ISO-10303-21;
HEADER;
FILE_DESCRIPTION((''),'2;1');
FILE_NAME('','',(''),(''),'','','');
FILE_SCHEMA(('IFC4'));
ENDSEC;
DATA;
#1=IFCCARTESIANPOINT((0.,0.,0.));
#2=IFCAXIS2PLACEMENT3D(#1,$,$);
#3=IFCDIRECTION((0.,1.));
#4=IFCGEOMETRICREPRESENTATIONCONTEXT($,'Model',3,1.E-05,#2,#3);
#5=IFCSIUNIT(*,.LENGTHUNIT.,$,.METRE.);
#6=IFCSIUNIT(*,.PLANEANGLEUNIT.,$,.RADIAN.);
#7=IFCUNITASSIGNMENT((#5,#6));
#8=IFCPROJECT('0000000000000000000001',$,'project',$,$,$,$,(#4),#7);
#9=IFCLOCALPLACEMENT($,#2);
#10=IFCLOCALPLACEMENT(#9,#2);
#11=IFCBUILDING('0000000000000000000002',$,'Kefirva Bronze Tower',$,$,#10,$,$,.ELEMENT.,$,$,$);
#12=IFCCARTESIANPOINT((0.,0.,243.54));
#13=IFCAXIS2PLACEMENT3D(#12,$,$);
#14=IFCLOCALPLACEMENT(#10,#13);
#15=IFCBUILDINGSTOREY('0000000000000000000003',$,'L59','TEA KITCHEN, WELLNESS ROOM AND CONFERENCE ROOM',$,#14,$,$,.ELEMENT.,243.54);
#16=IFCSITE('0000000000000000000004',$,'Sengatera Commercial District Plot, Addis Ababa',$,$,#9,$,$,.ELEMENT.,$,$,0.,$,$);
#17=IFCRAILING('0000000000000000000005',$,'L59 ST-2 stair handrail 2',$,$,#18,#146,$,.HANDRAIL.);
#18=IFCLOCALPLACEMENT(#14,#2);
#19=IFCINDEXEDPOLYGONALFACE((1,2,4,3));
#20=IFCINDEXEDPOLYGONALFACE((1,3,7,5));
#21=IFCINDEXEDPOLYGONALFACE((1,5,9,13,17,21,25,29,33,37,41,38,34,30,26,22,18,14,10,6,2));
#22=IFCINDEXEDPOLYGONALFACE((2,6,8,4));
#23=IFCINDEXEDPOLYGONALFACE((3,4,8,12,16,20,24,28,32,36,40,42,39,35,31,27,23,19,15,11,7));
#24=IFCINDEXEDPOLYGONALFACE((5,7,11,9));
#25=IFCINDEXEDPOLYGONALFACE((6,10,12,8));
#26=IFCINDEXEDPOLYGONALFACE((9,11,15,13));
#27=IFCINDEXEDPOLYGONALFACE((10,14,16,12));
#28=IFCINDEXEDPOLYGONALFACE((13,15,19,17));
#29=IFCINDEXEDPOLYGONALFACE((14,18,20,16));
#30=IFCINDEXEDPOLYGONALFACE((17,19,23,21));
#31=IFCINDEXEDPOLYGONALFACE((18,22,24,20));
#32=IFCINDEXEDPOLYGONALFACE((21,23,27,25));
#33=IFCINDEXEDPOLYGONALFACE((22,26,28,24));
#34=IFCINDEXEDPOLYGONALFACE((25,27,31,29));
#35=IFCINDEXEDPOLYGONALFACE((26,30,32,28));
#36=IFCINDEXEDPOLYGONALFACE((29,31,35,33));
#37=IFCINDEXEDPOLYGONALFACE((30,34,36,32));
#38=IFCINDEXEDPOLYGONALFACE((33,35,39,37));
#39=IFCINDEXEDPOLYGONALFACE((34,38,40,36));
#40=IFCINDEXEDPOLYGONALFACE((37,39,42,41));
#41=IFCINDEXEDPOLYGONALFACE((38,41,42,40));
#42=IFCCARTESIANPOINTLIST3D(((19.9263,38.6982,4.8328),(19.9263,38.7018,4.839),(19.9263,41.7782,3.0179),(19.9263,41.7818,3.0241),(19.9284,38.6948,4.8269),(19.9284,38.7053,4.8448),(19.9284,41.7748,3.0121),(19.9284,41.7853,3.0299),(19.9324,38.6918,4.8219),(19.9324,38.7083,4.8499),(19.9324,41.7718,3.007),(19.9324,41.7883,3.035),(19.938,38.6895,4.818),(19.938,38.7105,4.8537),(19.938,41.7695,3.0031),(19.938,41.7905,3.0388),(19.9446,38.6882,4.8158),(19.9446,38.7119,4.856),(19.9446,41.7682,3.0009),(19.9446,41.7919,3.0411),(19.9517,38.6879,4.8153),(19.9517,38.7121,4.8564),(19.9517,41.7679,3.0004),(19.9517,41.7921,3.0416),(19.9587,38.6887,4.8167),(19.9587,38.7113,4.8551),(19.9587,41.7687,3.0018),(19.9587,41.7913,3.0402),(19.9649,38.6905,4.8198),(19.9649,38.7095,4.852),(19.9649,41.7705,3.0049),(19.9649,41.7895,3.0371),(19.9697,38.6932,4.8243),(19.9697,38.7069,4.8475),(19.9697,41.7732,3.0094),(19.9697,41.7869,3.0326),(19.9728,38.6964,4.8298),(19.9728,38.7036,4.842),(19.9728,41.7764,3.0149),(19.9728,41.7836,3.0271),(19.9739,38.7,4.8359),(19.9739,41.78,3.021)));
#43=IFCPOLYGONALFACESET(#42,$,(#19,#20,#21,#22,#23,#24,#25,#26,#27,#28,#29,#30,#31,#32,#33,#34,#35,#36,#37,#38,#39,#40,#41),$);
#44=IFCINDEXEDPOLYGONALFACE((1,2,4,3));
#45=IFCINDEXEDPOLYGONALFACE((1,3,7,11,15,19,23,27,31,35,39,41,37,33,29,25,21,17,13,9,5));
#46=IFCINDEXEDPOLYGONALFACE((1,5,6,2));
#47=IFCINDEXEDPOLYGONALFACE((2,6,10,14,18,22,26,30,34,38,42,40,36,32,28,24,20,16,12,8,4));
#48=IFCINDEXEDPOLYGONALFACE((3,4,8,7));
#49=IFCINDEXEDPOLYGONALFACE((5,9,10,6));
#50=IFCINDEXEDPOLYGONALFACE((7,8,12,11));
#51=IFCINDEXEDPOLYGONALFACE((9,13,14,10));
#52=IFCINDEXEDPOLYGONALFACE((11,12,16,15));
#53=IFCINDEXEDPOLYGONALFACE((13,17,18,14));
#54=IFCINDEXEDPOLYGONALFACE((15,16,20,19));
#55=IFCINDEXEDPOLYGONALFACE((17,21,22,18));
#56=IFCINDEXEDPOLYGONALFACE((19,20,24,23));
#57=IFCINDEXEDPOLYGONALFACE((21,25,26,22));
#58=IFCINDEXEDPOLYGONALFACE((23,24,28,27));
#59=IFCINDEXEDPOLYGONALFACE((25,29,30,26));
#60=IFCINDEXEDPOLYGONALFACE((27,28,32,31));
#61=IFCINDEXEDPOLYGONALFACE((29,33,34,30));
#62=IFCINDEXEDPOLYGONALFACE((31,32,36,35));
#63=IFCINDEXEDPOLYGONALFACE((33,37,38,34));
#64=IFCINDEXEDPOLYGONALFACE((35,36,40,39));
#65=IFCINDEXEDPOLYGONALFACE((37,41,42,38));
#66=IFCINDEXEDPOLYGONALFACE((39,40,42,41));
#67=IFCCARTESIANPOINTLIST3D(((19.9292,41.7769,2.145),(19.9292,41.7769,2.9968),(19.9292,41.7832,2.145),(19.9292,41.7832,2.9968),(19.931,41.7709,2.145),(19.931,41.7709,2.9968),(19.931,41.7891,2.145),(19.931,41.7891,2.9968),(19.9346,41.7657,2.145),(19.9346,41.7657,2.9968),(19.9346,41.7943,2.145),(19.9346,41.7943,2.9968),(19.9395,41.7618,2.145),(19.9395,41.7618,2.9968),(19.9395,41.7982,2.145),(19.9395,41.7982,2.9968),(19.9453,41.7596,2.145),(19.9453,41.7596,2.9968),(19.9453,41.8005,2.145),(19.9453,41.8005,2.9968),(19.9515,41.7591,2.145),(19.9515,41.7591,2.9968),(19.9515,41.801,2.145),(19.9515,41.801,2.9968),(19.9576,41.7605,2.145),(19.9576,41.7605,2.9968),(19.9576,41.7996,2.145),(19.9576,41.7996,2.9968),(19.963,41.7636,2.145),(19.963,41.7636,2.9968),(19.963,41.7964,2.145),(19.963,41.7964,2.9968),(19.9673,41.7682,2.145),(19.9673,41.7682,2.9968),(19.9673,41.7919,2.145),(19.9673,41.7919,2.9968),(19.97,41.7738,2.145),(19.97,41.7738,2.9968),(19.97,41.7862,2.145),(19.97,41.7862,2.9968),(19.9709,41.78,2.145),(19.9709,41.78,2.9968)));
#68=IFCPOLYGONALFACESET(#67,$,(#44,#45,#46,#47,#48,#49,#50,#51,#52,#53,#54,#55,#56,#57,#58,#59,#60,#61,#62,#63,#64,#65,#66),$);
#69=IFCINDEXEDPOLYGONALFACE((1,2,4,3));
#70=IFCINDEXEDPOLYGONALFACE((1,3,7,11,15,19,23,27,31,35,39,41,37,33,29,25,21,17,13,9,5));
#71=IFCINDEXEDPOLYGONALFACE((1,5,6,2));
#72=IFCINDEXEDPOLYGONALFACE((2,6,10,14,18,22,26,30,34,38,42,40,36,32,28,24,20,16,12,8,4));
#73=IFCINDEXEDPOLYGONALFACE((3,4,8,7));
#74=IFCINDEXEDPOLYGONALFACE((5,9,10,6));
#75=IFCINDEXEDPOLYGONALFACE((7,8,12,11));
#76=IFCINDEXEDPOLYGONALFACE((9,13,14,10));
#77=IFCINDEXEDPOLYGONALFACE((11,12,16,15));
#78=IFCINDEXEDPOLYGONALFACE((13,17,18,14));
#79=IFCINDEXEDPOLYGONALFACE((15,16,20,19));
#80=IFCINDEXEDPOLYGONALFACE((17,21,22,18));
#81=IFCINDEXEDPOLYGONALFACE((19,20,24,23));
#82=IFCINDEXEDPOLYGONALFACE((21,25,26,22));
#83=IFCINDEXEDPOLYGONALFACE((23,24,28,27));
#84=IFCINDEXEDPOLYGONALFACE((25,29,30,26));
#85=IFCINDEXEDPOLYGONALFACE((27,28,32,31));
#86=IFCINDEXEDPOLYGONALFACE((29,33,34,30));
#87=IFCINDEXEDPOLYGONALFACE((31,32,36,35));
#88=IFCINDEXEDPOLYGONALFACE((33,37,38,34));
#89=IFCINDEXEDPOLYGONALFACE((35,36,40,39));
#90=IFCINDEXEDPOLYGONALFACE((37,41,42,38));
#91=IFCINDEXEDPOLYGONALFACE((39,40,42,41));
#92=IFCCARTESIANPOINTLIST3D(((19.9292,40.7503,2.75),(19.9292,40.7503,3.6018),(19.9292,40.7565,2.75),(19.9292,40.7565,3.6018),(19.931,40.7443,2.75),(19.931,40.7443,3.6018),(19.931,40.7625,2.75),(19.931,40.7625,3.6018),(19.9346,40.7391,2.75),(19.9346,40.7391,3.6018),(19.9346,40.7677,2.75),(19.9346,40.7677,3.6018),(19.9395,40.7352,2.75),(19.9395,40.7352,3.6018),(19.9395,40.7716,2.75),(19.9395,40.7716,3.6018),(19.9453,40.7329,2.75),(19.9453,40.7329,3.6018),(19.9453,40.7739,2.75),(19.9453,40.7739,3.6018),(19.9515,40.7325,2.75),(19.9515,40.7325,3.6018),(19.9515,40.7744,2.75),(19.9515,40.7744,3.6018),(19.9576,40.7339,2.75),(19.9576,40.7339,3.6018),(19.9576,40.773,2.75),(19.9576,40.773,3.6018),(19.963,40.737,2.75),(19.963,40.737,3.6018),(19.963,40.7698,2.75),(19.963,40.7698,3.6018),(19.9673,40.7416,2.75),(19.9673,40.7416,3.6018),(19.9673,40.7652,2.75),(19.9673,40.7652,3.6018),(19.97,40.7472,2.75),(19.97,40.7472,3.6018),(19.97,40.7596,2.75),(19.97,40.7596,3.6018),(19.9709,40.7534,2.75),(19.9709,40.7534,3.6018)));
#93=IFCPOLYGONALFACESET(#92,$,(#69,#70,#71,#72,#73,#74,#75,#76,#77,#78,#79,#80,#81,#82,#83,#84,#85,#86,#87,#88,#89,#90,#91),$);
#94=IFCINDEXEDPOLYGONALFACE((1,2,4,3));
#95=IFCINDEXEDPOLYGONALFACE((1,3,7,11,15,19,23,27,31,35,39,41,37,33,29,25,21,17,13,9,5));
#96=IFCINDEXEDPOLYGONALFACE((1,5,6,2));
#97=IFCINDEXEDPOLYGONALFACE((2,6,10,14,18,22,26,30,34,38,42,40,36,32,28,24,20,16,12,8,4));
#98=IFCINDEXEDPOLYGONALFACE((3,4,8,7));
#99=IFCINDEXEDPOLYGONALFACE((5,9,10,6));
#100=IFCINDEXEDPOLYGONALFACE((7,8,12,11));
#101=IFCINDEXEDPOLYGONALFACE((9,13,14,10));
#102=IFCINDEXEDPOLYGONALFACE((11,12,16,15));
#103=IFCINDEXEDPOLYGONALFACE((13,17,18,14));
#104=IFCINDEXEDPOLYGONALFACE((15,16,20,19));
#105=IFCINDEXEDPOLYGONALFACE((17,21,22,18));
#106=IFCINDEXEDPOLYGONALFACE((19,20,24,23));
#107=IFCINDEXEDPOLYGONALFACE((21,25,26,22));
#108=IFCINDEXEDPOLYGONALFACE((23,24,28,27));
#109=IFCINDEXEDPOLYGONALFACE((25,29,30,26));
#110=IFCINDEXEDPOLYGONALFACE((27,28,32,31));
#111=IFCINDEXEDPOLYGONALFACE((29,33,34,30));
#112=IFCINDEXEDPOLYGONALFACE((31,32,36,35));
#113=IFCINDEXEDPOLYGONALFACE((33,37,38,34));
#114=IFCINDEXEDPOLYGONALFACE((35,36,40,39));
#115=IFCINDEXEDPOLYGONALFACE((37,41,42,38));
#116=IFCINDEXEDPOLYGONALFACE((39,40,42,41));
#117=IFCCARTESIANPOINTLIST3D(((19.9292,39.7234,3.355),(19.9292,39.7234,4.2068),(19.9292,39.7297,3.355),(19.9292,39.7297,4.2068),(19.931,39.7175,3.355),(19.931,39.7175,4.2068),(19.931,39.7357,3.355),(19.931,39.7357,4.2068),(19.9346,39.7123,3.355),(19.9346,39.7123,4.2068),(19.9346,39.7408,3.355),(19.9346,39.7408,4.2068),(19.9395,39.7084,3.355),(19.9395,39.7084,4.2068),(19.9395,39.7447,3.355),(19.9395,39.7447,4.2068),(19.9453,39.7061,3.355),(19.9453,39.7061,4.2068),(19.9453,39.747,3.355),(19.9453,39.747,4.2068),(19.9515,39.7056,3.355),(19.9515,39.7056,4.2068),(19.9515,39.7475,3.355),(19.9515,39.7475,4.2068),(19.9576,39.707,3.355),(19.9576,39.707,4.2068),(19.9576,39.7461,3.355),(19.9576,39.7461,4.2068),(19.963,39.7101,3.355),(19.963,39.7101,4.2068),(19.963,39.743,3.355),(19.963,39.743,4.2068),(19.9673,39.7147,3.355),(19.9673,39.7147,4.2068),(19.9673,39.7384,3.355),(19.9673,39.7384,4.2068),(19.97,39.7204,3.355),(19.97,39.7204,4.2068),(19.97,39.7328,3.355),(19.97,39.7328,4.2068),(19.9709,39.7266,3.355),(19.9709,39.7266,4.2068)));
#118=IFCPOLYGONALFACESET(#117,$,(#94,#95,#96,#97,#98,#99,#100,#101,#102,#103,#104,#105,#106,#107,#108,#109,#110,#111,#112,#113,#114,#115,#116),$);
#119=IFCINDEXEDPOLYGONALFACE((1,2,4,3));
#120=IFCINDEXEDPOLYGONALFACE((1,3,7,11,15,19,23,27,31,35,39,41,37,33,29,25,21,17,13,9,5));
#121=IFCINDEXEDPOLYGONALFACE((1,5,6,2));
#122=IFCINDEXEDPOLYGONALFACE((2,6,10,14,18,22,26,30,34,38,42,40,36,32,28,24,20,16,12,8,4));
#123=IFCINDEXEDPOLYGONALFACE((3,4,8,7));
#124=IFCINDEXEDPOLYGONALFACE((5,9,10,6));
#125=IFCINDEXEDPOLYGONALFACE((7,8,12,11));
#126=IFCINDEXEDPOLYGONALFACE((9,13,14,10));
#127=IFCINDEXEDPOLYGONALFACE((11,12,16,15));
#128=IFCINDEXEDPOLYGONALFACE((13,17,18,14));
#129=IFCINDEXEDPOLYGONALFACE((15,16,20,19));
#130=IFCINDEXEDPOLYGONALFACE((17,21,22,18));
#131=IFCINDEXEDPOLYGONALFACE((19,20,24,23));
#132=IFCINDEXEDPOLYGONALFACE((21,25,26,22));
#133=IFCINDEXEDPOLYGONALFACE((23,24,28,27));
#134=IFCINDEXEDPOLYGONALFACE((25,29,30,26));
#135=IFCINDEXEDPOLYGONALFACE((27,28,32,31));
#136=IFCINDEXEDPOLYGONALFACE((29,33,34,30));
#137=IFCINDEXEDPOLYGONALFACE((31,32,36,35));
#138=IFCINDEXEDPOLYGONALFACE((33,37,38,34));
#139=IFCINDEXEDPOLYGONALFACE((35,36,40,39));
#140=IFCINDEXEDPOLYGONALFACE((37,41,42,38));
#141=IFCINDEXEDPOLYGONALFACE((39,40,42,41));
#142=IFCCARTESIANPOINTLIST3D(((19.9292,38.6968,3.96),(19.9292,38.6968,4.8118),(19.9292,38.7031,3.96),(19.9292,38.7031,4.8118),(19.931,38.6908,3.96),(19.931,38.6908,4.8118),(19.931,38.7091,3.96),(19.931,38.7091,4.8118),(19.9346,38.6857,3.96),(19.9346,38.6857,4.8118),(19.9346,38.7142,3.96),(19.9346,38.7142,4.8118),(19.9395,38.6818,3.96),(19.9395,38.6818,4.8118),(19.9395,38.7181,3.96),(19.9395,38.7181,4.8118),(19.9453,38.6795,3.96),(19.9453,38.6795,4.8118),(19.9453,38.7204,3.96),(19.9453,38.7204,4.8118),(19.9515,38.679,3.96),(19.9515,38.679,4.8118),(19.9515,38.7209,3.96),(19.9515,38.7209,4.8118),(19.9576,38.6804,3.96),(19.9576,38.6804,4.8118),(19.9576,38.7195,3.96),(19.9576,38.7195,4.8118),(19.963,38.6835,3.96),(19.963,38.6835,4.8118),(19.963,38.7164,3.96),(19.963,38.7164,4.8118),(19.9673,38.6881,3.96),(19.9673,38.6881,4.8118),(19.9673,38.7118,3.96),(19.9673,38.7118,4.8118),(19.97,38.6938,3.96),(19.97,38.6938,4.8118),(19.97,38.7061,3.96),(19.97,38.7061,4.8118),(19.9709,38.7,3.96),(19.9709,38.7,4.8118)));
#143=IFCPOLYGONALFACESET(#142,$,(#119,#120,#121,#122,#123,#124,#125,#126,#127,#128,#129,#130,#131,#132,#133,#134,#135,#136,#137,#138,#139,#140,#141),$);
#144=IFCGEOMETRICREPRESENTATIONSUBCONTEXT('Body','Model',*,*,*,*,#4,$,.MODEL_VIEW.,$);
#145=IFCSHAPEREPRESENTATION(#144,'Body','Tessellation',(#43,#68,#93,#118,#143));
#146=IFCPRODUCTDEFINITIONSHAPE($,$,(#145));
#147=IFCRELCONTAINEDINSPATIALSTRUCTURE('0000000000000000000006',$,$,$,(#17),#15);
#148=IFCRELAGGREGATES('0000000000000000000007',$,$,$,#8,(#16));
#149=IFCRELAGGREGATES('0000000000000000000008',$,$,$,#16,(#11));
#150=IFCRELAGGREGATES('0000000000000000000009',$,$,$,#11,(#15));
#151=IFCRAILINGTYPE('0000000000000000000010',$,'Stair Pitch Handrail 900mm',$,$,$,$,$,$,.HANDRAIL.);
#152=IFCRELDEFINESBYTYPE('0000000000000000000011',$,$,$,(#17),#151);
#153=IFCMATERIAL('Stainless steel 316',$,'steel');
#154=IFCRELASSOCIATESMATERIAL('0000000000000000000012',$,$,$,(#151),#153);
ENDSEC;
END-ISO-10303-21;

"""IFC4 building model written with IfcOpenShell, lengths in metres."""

from ifc_helpers import new_model, si_unit, direction, frame, origin, origin_2d, place, context, subcontext, project, spatial, circle, extrude, material, type_object, element, save


model = new_model("IFC4")

# Units and contexts
model_context = context("Model", 3, precision=1e-05, world=origin(), true_north=direction((0.0, 1.0)))
body_context = subcontext(model_context, "Body", "Model", "MODEL_VIEW")
ifc_project = project(units=[si_unit("LENGTHUNIT", "METRE"), si_unit("PLANEANGLEUNIT", "RADIAN")], contexts=[model_context])

# Site, building, storey
site_placement = place(None, origin())
site = spatial("IfcSite", under=ifc_project, at=site_placement, Name="Sengatera Commercial District Plot, Addis Ababa", CompositionType="ELEMENT", RefElevation=0.0)
building_placement = place(site_placement, origin())
building = spatial("IfcBuilding", under=site, at=building_placement, Name="Kefirva Bronze Tower", CompositionType="ELEMENT")
storey_placement = place(building_placement, frame((0.0, 0.0, 243.54)))
storey = spatial("IfcBuildingStorey", under=building, at=storey_placement, Name="L59", Description="TEA KITCHEN, WELLNESS ROOM AND CONFERENCE ROOM", CompositionType="ELEMENT", Elevation=243.54)

# Shared definitions
ifc_material_1 = material(Name="Stainless steel 316", Category="steel")

# Railing
railing_type_1 = type_object("IfcRailingType", Name="Stair Pitch Handrail 900mm", PredefinedType="HANDRAIL", material=ifc_material_1)
railing_1_placement = place(storey_placement, frame((19.95, 41.78, 2.145)))
element("IfcRailing", 1, at=railing_1_placement, inside=storey, type_object=railing_type_1, Name="L59 ST-2 stair handrail 2", PredefinedType="HANDRAIL", context=body_context, shape_type="SweptSolid", body=[
    extrude(circle(Radius=0.0239, at=origin_2d()), frame((0.0, 0.0, 0.876), z_axis=(0.0, -0.861551, 0.507671), x_axis=(1.0, 0.0, 0.0)), (0.0, 0.0, 1.0), 3.575),
    extrude(circle(Radius=0.021, at=origin_2d()), origin(), (0.0, 0.0, 1.0), 0.8518),
    extrude(circle(Radius=0.021, at=origin_2d()), frame((0.0, -1.0266, 0.605)), (0.0, 0.0, 1.0), 0.8518),
    extrude(circle(Radius=0.021, at=origin_2d()), frame((0.0, -2.0535, 1.21)), (0.0, 0.0, 1.0), 0.8518),
    extrude(circle(Radius=0.021, at=origin_2d()), frame((0.0, -3.0801, 1.8149)), (0.0, 0.0, 1.0), 0.8518),
])

save(model, "model.ifc")
